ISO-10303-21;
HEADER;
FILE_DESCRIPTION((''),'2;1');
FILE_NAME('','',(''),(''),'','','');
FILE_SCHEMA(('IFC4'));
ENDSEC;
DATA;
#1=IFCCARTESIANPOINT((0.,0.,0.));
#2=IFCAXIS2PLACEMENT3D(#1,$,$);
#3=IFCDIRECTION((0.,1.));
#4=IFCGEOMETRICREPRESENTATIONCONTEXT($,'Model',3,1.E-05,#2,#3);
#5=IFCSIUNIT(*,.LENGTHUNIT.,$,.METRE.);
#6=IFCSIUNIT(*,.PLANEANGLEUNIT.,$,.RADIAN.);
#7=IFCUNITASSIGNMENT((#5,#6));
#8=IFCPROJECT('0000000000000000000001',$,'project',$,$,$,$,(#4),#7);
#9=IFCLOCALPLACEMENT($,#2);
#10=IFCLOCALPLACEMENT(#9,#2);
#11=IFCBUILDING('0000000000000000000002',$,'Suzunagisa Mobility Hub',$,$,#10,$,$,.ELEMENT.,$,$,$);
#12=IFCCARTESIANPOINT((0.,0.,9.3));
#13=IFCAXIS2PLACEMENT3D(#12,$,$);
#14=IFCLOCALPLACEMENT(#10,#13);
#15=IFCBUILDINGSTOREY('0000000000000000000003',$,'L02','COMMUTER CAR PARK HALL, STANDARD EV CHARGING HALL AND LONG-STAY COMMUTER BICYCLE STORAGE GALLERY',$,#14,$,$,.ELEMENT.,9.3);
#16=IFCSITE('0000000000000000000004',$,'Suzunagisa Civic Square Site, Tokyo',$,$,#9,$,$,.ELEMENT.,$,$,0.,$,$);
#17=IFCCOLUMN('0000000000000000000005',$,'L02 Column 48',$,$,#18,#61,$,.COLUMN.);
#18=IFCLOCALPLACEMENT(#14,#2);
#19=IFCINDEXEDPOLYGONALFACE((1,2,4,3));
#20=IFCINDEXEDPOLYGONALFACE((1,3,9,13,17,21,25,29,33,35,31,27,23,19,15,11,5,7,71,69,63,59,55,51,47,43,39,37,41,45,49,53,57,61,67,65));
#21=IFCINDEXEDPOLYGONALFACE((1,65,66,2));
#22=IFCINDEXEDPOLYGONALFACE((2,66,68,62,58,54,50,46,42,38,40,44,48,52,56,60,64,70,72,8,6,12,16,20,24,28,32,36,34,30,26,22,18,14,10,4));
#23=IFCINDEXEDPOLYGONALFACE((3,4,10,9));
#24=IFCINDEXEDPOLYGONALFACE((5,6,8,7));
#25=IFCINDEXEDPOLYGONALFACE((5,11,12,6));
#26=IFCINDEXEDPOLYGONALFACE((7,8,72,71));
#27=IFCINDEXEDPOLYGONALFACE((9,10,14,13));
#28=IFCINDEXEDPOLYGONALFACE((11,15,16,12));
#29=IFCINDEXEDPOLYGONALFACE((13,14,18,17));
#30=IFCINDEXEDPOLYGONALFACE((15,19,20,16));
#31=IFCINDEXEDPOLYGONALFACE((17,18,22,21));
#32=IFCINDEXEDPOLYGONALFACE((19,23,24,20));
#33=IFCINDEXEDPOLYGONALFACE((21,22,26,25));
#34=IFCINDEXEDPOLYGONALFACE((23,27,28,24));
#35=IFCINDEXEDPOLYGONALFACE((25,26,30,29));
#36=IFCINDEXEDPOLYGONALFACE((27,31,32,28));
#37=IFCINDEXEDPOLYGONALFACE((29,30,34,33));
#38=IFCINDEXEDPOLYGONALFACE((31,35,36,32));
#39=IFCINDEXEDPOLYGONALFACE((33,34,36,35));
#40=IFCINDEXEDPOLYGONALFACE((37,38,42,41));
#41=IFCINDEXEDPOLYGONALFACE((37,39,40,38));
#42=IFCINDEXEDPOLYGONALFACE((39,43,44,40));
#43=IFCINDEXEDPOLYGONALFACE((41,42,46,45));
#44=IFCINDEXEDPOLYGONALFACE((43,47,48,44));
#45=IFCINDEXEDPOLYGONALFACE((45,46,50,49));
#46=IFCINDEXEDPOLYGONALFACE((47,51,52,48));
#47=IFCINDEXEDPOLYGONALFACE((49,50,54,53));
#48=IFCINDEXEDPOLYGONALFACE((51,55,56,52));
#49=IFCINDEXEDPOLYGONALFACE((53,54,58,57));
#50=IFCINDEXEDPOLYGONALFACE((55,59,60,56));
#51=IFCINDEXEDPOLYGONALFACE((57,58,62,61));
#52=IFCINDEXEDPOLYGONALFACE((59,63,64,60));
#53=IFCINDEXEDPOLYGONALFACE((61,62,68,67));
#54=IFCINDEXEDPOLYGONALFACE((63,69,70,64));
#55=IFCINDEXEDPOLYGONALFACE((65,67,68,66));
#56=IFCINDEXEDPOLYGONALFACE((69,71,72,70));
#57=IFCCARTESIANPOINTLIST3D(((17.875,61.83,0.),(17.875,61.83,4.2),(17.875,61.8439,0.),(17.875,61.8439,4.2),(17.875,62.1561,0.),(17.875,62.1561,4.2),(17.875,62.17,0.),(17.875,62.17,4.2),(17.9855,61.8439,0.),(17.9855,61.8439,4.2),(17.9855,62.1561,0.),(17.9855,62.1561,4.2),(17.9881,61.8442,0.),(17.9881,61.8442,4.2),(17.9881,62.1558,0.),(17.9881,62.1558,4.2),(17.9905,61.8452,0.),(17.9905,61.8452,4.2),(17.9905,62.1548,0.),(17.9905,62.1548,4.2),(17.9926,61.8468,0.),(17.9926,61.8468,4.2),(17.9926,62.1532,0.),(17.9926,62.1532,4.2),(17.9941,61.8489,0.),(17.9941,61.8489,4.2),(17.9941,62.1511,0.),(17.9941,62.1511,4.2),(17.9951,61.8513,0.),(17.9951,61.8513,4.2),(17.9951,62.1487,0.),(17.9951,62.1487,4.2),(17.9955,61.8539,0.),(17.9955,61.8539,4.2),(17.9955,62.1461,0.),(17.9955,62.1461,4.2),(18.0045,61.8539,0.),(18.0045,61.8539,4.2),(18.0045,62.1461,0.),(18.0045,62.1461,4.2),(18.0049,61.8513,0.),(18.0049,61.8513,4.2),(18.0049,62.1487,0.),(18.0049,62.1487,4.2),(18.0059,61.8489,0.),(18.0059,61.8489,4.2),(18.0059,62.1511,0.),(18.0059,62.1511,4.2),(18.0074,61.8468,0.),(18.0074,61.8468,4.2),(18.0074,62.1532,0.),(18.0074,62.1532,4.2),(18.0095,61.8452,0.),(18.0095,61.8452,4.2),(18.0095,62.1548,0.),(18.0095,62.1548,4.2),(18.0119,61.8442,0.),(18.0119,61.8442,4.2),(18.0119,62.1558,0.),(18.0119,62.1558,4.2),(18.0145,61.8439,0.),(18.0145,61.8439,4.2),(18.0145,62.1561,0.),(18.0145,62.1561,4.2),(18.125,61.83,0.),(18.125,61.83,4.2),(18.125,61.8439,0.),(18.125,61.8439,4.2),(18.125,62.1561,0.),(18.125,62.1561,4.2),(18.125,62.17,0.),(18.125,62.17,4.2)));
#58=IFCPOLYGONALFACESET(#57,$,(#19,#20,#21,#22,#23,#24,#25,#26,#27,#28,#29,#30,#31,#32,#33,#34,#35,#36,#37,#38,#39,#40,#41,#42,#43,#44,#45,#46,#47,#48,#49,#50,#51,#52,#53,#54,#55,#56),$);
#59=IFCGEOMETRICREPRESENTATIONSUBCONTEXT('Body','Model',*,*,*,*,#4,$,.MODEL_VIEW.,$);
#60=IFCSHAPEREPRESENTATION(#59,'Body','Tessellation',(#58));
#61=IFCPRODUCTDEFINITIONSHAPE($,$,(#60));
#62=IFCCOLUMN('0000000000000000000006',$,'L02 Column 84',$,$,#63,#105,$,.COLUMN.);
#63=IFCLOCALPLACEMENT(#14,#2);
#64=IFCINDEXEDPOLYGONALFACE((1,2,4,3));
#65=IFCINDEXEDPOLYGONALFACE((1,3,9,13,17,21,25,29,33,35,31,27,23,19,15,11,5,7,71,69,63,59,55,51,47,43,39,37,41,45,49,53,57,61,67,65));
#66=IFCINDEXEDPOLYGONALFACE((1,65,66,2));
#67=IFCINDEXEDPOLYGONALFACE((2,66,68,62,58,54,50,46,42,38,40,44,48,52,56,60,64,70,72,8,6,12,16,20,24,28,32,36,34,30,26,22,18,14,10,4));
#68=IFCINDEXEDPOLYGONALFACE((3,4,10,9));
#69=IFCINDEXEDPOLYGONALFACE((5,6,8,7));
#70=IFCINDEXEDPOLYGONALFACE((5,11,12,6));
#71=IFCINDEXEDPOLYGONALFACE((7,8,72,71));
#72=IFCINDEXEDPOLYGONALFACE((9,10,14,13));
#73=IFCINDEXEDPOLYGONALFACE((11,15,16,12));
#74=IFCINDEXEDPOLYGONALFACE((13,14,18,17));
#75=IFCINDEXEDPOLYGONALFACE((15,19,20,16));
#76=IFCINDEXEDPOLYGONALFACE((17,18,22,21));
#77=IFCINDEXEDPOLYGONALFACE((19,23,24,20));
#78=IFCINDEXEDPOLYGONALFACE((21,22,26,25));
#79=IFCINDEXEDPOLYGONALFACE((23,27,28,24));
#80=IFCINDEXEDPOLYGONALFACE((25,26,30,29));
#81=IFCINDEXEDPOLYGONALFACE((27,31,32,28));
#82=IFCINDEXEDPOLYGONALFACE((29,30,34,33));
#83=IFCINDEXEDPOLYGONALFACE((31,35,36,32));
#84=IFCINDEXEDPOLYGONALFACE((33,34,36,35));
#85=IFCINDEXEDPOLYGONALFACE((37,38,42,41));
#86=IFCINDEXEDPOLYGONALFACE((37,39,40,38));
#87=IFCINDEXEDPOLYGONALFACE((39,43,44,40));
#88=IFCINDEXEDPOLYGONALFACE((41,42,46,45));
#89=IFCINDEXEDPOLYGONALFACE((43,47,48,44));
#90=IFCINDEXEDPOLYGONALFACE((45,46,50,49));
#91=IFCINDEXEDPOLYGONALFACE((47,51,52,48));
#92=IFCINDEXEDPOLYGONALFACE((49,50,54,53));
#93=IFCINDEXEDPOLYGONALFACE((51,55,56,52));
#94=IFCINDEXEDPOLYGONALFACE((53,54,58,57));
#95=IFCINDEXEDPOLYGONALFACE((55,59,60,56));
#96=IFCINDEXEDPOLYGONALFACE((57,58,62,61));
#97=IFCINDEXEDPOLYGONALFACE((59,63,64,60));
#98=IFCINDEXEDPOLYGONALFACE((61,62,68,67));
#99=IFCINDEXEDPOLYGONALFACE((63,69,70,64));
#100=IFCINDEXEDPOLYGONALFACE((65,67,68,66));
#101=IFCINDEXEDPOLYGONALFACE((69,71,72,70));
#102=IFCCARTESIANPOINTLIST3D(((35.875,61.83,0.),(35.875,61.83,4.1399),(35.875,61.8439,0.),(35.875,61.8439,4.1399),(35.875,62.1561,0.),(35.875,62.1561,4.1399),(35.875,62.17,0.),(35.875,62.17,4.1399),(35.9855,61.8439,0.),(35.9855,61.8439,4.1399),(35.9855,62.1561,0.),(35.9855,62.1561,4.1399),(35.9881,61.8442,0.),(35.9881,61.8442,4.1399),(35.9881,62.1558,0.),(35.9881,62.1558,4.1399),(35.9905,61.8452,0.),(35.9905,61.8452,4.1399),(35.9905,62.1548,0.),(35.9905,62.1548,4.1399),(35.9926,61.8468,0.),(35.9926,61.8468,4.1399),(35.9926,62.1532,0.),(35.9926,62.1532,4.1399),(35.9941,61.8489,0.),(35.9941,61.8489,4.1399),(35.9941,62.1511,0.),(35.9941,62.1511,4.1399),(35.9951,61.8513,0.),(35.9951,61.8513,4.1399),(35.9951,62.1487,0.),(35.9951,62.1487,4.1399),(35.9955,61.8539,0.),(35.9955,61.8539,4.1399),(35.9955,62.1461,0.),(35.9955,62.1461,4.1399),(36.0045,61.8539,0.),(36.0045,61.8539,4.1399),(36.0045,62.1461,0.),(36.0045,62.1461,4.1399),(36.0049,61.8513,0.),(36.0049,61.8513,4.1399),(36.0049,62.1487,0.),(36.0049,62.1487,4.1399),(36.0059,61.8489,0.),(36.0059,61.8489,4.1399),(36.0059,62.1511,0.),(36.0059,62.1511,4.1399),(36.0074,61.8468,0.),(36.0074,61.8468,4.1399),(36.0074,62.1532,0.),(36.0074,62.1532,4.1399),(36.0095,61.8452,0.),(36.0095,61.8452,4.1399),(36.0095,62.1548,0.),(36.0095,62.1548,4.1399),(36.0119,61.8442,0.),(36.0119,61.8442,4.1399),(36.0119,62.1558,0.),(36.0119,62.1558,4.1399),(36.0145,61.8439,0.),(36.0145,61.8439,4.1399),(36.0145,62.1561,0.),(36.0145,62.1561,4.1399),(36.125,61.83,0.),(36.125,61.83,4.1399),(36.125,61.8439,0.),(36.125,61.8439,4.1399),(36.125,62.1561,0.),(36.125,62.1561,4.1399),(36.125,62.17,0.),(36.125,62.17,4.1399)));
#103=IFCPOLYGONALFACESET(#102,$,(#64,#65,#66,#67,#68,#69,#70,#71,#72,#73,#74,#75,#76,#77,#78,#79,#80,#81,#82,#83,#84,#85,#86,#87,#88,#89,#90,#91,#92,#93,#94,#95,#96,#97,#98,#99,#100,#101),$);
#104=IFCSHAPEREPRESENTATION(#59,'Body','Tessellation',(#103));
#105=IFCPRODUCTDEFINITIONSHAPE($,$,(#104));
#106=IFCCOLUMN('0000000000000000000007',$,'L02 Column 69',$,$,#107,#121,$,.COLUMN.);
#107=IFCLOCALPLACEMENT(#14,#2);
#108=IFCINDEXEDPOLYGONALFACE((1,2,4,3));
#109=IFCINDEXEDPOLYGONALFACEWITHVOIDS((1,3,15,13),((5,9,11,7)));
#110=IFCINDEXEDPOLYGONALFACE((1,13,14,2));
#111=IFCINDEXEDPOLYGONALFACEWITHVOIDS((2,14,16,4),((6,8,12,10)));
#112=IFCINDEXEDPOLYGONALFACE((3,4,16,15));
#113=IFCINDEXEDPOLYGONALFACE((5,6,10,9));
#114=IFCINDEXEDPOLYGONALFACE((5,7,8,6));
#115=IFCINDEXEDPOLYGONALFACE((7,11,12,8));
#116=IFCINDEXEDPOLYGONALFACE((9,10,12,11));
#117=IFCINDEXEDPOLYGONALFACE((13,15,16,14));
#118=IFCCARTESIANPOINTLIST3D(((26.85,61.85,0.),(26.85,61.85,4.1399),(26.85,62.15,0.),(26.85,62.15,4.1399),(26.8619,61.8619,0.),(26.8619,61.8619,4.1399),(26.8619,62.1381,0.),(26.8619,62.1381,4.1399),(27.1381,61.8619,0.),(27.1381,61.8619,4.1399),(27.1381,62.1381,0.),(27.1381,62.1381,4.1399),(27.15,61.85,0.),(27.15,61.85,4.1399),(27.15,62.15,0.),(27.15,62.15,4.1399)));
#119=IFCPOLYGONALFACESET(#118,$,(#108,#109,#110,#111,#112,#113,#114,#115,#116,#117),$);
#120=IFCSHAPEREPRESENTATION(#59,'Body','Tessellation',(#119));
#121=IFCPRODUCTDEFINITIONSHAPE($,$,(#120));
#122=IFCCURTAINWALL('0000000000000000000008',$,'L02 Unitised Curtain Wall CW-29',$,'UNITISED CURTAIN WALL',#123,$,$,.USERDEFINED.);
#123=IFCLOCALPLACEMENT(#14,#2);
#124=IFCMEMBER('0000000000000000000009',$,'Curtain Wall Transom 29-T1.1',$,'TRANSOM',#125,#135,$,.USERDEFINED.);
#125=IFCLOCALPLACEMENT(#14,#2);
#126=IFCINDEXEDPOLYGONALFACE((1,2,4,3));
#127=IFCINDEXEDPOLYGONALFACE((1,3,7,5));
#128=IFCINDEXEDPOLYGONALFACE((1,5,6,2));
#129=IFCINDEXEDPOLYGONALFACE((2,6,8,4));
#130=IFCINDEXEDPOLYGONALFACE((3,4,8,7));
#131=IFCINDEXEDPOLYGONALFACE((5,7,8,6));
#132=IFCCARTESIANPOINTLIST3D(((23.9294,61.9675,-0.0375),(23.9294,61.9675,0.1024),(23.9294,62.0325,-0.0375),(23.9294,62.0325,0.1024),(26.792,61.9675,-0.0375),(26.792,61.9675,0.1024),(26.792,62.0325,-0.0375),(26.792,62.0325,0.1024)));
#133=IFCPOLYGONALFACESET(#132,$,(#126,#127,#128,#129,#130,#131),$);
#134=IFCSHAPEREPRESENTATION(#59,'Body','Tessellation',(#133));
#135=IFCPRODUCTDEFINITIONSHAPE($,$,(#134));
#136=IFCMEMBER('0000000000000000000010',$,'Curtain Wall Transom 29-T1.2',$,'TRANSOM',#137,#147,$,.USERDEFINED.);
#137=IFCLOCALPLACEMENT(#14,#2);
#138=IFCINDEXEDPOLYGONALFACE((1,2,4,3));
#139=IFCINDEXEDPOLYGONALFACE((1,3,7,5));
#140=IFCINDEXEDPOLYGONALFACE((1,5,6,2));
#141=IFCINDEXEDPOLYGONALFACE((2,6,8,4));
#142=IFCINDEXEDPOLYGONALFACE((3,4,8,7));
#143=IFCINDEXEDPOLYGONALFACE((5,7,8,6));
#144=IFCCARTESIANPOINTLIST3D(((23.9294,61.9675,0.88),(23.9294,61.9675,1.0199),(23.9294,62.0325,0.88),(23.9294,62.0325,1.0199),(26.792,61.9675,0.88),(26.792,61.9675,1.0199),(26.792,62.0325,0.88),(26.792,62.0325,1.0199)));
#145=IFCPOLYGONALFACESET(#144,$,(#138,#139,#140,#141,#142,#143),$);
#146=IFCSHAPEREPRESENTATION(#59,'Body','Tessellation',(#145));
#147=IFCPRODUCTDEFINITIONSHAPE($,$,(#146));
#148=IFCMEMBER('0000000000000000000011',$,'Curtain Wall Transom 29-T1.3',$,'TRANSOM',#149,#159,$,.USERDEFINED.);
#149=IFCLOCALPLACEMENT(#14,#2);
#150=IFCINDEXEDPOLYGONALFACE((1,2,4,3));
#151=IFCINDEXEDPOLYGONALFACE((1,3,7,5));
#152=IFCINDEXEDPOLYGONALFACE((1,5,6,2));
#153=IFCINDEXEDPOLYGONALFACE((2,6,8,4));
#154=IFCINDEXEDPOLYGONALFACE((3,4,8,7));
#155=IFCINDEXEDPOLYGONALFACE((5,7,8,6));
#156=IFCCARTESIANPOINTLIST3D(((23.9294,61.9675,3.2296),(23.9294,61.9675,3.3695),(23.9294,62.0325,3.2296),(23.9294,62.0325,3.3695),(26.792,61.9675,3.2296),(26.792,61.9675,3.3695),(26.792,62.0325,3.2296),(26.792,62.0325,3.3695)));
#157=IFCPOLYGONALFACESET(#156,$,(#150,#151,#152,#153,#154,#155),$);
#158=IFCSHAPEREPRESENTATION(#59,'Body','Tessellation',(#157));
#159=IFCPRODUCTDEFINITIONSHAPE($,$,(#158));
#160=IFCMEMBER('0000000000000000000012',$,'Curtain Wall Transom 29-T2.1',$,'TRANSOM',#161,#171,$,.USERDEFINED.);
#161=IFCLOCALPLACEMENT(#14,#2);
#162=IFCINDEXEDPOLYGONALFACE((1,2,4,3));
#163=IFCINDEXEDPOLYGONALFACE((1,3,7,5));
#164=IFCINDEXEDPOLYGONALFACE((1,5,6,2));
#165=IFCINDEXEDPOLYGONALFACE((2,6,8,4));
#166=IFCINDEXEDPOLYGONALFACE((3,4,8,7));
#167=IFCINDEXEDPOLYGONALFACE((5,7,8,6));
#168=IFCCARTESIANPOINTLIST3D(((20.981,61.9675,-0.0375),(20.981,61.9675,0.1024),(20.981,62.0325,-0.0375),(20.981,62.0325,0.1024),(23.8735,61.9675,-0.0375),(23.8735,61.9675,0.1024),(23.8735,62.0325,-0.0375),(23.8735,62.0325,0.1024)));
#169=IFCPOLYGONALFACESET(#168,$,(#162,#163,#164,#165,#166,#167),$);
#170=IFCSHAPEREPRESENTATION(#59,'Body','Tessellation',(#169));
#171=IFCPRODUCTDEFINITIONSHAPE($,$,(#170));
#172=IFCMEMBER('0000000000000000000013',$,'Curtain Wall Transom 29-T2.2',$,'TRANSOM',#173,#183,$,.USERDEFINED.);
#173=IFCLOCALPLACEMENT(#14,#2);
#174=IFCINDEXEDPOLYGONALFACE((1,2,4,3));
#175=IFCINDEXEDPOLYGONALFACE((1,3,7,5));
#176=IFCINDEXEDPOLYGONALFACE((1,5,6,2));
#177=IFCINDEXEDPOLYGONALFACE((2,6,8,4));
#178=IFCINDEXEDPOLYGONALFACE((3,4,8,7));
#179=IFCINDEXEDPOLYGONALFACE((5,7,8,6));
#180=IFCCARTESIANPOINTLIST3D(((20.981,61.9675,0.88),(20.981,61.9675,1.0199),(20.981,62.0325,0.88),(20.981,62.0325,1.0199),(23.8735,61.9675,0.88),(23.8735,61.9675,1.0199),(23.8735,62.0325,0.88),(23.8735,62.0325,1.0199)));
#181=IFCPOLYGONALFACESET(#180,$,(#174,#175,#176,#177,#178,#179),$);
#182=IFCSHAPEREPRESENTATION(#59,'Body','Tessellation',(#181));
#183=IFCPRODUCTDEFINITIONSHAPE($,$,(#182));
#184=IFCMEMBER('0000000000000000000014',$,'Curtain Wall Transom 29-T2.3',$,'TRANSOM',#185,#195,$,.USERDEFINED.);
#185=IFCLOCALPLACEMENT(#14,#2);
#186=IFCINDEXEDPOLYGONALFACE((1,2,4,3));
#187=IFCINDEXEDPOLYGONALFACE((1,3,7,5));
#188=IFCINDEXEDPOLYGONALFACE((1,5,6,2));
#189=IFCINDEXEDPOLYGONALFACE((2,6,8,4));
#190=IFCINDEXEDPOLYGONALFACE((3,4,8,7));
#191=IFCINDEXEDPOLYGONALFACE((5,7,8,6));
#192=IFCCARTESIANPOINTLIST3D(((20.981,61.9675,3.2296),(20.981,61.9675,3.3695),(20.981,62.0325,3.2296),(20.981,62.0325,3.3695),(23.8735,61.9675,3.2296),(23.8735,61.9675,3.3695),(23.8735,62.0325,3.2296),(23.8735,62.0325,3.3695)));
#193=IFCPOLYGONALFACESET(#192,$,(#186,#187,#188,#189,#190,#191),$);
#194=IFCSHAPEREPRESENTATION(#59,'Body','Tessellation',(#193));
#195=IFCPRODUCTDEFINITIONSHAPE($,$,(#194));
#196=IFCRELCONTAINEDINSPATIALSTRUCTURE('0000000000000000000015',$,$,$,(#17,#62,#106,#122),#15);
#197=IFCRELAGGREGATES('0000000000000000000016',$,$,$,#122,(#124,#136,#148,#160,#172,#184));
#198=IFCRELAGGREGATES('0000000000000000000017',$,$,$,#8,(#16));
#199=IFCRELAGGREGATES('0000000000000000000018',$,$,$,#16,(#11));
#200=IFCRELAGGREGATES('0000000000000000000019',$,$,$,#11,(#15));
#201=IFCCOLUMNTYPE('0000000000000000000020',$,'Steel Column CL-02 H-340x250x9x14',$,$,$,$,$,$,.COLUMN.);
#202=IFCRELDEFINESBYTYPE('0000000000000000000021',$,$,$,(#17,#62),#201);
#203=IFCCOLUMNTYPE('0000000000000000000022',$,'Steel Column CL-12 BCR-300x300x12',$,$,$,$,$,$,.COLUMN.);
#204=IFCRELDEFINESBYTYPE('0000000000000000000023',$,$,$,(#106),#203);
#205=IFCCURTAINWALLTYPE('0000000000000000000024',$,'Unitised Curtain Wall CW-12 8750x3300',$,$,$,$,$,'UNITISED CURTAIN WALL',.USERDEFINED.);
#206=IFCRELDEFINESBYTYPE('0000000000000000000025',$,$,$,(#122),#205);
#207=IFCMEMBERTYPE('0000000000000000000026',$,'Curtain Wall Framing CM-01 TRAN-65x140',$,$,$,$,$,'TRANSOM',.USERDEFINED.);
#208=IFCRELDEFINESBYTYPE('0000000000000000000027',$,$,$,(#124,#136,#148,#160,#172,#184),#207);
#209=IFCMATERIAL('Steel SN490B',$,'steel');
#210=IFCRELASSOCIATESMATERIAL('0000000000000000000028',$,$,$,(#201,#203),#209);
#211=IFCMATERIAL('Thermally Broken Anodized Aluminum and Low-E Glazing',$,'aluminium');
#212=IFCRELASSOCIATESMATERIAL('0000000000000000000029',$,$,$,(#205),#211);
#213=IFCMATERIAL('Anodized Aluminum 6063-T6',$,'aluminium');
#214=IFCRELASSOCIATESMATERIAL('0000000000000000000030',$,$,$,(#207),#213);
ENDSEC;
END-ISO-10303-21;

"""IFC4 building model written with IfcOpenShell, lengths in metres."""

from ifc_helpers import new_model, si_unit, direction, frame, origin, origin_2d, place, context, subcontext, project, spatial, rectangle, hollow_rectangle, i_section, extrude, material, material_profile, profile_set, type_object, element, aggregate, save


model = new_model("IFC4")

# Units and contexts
model_context = context("Model", 3, precision=1e-05, world=origin(), true_north=direction((0.0, 1.0)))
body_context = subcontext(model_context, "Body", "Model", "MODEL_VIEW")
ifc_project = project(units=[si_unit("LENGTHUNIT", "METRE"), si_unit("PLANEANGLEUNIT", "RADIAN")], contexts=[model_context])

# Site, building, storey
site_placement = place(None, origin())
site = spatial("IfcSite", under=ifc_project, at=site_placement, Name="Suzunagisa Civic Square Site, Tokyo", CompositionType="ELEMENT", RefElevation=0.0)
building_placement = place(site_placement, origin())
building = spatial("IfcBuilding", under=site, at=building_placement, Name="Suzunagisa Mobility Hub", CompositionType="ELEMENT")
storey_placement = place(building_placement, frame((0.0, 0.0, 9.3)))
storey = spatial("IfcBuildingStorey", under=building, at=storey_placement, Name="L02", Description="COMMUTER CAR PARK HALL, STANDARD EV CHARGING HALL AND LONG-STAY COMMUTER BICYCLE STORAGE GALLERY", CompositionType="ELEMENT", Elevation=9.3)

# Columns
ifc_material_1 = material(Name="Steel SN490B", Category="steel")
ifc_material_profile_1 = material_profile(ifc_material_1, i_section(OverallWidth=0.25, OverallDepth=0.3401, WebThickness=0.009, FlangeThickness=0.0139, FilletRadius=0.01, at=origin_2d()), Name="H-340x250x9x14")
ifc_profile_set_1 = profile_set([ifc_material_profile_1], Name="Steel SN490B")
column_type_1 = type_object("IfcColumnType", Name="Steel Column CL-02 H-340x250x9x14", PredefinedType="COLUMN", material=ifc_profile_set_1)
column_1_placement = place(storey_placement, frame((18.0, 62.0, 0.0), z_axis=(0.0, 0.0, 1.0), x_axis=(1.0, 0.0, 0.0)))
element("IfcColumn", 1, at=column_1_placement, inside=storey, type_object=column_type_1, Name="L02 Column 48", PredefinedType="COLUMN", context=body_context, shape_type="SweptSolid", body=[
    extrude(i_section(OverallWidth=0.25, OverallDepth=0.3401, WebThickness=0.009, FlangeThickness=0.0139, FilletRadius=0.01, at=origin_2d()), origin(), (0.0, 0.0, 1.0), 4.2),
])
column_2_placement = place(storey_placement, frame((36.0, 62.0, 0.0), z_axis=(0.0, 0.0, 1.0), x_axis=(1.0, 0.0, 0.0)))
element("IfcColumn", 2, at=column_2_placement, inside=storey, type_object=column_type_1, Name="L02 Column 84", PredefinedType="COLUMN", context=body_context, shape_type="SweptSolid", body=[
    extrude(i_section(OverallWidth=0.25, OverallDepth=0.3401, WebThickness=0.009, FlangeThickness=0.0139, FilletRadius=0.01, at=origin_2d()), origin(), (0.0, 0.0, 1.0), 4.1399),
])
ifc_material_profile_2 = material_profile(ifc_material_1, hollow_rectangle(XDim=0.3, YDim=0.3, WallThickness=0.012, at=origin_2d()), Name="BCR-300x300x12")
ifc_profile_set_2 = profile_set([ifc_material_profile_2], Name="Steel SN490B")
column_type_2 = type_object("IfcColumnType", Name="Steel Column CL-12 BCR-300x300x12", PredefinedType="COLUMN", material=ifc_profile_set_2)
column_3_placement = place(storey_placement, frame((27.0, 62.0, 0.0), z_axis=(0.0, 0.0, 1.0), x_axis=(1.0, 0.0, 0.0)))
element("IfcColumn", 3, at=column_3_placement, inside=storey, type_object=column_type_2, Name="L02 Column 69", PredefinedType="COLUMN", context=body_context, shape_type="SweptSolid", body=[
    extrude(hollow_rectangle(XDim=0.3, YDim=0.3, WallThickness=0.012, at=origin_2d()), origin(), (0.0, 0.0, 1.0), 4.1399),
])

# Curtain wall, members
ifc_material_2 = material(Name="Thermally Broken Anodized Aluminum and Low-E Glazing", Category="aluminium")
curtain_wall_type_1 = type_object("IfcCurtainWallType", Name="Unitised Curtain Wall CW-12 8750x3300", ElementType="UNITISED CURTAIN WALL", PredefinedType="USERDEFINED", material=ifc_material_2)
curtain_wall_1_placement = place(storey_placement, origin())
curtain_wall_1 = element("IfcCurtainWall", 4, at=curtain_wall_1_placement, inside=storey, type_object=curtain_wall_type_1, Name="L02 Unitised Curtain Wall CW-29", ObjectType="UNITISED CURTAIN WALL", PredefinedType="USERDEFINED")
ifc_material_3 = material(Name="Anodized Aluminum 6063-T6", Category="aluminium")
ifc_material_profile_3 = material_profile(ifc_material_3, rectangle(XDim=0.0649, YDim=0.1399, at=origin_2d()), Name="TRAN-65x140")
ifc_profile_set_3 = profile_set([ifc_material_profile_3], Name="Anodized Aluminum 6063-T6")
member_type_1 = type_object("IfcMemberType", Name="Curtain Wall Framing CM-01 TRAN-65x140", ElementType="TRANSOM", PredefinedType="USERDEFINED", material=ifc_profile_set_3)
member_1_placement = place(storey_placement, frame((26.792, 62.0, 0.0325), z_axis=(-1.0, 0.0, 0.0), x_axis=(0.0, -1.0, 0.0)))
member_1 = element("IfcMember", 5, at=member_1_placement, type_object=member_type_1, Name="Curtain Wall Transom 29-T1.1", ObjectType="TRANSOM", PredefinedType="USERDEFINED", context=body_context, shape_type="SweptSolid", body=[
    extrude(rectangle(XDim=0.0649, YDim=0.1399, at=origin_2d()), origin(), (0.0, 0.0, 1.0), 2.8625),
])
member_2_placement = place(storey_placement, frame((26.792, 62.0, 0.95), z_axis=(-1.0, 0.0, 0.0), x_axis=(0.0, -1.0, 0.0)))
member_2 = element("IfcMember", 6, at=member_2_placement, type_object=member_type_1, Name="Curtain Wall Transom 29-T1.2", ObjectType="TRANSOM", PredefinedType="USERDEFINED", context=body_context, shape_type="SweptSolid", body=[
    extrude(rectangle(XDim=0.0649, YDim=0.1399, at=origin_2d()), origin(), (0.0, 0.0, 1.0), 2.8625),
])
member_3_placement = place(storey_placement, frame((26.792, 62.0, 3.2996), z_axis=(-1.0, 0.0, 0.0), x_axis=(0.0, -1.0, 0.0)))
member_3 = element("IfcMember", 7, at=member_3_placement, type_object=member_type_1, Name="Curtain Wall Transom 29-T1.3", ObjectType="TRANSOM", PredefinedType="USERDEFINED", context=body_context, shape_type="SweptSolid", body=[
    extrude(rectangle(XDim=0.0649, YDim=0.1399, at=origin_2d()), origin(), (0.0, 0.0, 1.0), 2.8625),
])
member_4_placement = place(storey_placement, frame((23.8735, 62.0, 0.0325), z_axis=(-1.0, 0.0, 0.0), x_axis=(0.0, -1.0, 0.0)))
member_4 = element("IfcMember", 8, at=member_4_placement, type_object=member_type_1, Name="Curtain Wall Transom 29-T2.1", ObjectType="TRANSOM", PredefinedType="USERDEFINED", context=body_context, shape_type="SweptSolid", body=[
    extrude(rectangle(XDim=0.0649, YDim=0.1399, at=origin_2d()), origin(), (0.0, 0.0, 1.0), 2.8926),
])
member_5_placement = place(storey_placement, frame((23.8735, 62.0, 0.95), z_axis=(-1.0, 0.0, 0.0), x_axis=(0.0, -1.0, 0.0)))
member_5 = element("IfcMember", 9, at=member_5_placement, type_object=member_type_1, Name="Curtain Wall Transom 29-T2.2", ObjectType="TRANSOM", PredefinedType="USERDEFINED", context=body_context, shape_type="SweptSolid", body=[
    extrude(rectangle(XDim=0.0649, YDim=0.1399, at=origin_2d()), origin(), (0.0, 0.0, 1.0), 2.8926),
])
member_6_placement = place(storey_placement, frame((23.8735, 62.0, 3.2996), z_axis=(-1.0, 0.0, 0.0), x_axis=(0.0, -1.0, 0.0)))
member_6 = element("IfcMember", 10, at=member_6_placement, type_object=member_type_1, Name="Curtain Wall Transom 29-T2.3", ObjectType="TRANSOM", PredefinedType="USERDEFINED", context=body_context, shape_type="SweptSolid", body=[
    extrude(rectangle(XDim=0.0649, YDim=0.1399, at=origin_2d()), origin(), (0.0, 0.0, 1.0), 2.8926),
])

aggregate(curtain_wall_1, [member_1, member_2, member_3, member_4, member_5, member_6])

save(model, "model.ifc")
